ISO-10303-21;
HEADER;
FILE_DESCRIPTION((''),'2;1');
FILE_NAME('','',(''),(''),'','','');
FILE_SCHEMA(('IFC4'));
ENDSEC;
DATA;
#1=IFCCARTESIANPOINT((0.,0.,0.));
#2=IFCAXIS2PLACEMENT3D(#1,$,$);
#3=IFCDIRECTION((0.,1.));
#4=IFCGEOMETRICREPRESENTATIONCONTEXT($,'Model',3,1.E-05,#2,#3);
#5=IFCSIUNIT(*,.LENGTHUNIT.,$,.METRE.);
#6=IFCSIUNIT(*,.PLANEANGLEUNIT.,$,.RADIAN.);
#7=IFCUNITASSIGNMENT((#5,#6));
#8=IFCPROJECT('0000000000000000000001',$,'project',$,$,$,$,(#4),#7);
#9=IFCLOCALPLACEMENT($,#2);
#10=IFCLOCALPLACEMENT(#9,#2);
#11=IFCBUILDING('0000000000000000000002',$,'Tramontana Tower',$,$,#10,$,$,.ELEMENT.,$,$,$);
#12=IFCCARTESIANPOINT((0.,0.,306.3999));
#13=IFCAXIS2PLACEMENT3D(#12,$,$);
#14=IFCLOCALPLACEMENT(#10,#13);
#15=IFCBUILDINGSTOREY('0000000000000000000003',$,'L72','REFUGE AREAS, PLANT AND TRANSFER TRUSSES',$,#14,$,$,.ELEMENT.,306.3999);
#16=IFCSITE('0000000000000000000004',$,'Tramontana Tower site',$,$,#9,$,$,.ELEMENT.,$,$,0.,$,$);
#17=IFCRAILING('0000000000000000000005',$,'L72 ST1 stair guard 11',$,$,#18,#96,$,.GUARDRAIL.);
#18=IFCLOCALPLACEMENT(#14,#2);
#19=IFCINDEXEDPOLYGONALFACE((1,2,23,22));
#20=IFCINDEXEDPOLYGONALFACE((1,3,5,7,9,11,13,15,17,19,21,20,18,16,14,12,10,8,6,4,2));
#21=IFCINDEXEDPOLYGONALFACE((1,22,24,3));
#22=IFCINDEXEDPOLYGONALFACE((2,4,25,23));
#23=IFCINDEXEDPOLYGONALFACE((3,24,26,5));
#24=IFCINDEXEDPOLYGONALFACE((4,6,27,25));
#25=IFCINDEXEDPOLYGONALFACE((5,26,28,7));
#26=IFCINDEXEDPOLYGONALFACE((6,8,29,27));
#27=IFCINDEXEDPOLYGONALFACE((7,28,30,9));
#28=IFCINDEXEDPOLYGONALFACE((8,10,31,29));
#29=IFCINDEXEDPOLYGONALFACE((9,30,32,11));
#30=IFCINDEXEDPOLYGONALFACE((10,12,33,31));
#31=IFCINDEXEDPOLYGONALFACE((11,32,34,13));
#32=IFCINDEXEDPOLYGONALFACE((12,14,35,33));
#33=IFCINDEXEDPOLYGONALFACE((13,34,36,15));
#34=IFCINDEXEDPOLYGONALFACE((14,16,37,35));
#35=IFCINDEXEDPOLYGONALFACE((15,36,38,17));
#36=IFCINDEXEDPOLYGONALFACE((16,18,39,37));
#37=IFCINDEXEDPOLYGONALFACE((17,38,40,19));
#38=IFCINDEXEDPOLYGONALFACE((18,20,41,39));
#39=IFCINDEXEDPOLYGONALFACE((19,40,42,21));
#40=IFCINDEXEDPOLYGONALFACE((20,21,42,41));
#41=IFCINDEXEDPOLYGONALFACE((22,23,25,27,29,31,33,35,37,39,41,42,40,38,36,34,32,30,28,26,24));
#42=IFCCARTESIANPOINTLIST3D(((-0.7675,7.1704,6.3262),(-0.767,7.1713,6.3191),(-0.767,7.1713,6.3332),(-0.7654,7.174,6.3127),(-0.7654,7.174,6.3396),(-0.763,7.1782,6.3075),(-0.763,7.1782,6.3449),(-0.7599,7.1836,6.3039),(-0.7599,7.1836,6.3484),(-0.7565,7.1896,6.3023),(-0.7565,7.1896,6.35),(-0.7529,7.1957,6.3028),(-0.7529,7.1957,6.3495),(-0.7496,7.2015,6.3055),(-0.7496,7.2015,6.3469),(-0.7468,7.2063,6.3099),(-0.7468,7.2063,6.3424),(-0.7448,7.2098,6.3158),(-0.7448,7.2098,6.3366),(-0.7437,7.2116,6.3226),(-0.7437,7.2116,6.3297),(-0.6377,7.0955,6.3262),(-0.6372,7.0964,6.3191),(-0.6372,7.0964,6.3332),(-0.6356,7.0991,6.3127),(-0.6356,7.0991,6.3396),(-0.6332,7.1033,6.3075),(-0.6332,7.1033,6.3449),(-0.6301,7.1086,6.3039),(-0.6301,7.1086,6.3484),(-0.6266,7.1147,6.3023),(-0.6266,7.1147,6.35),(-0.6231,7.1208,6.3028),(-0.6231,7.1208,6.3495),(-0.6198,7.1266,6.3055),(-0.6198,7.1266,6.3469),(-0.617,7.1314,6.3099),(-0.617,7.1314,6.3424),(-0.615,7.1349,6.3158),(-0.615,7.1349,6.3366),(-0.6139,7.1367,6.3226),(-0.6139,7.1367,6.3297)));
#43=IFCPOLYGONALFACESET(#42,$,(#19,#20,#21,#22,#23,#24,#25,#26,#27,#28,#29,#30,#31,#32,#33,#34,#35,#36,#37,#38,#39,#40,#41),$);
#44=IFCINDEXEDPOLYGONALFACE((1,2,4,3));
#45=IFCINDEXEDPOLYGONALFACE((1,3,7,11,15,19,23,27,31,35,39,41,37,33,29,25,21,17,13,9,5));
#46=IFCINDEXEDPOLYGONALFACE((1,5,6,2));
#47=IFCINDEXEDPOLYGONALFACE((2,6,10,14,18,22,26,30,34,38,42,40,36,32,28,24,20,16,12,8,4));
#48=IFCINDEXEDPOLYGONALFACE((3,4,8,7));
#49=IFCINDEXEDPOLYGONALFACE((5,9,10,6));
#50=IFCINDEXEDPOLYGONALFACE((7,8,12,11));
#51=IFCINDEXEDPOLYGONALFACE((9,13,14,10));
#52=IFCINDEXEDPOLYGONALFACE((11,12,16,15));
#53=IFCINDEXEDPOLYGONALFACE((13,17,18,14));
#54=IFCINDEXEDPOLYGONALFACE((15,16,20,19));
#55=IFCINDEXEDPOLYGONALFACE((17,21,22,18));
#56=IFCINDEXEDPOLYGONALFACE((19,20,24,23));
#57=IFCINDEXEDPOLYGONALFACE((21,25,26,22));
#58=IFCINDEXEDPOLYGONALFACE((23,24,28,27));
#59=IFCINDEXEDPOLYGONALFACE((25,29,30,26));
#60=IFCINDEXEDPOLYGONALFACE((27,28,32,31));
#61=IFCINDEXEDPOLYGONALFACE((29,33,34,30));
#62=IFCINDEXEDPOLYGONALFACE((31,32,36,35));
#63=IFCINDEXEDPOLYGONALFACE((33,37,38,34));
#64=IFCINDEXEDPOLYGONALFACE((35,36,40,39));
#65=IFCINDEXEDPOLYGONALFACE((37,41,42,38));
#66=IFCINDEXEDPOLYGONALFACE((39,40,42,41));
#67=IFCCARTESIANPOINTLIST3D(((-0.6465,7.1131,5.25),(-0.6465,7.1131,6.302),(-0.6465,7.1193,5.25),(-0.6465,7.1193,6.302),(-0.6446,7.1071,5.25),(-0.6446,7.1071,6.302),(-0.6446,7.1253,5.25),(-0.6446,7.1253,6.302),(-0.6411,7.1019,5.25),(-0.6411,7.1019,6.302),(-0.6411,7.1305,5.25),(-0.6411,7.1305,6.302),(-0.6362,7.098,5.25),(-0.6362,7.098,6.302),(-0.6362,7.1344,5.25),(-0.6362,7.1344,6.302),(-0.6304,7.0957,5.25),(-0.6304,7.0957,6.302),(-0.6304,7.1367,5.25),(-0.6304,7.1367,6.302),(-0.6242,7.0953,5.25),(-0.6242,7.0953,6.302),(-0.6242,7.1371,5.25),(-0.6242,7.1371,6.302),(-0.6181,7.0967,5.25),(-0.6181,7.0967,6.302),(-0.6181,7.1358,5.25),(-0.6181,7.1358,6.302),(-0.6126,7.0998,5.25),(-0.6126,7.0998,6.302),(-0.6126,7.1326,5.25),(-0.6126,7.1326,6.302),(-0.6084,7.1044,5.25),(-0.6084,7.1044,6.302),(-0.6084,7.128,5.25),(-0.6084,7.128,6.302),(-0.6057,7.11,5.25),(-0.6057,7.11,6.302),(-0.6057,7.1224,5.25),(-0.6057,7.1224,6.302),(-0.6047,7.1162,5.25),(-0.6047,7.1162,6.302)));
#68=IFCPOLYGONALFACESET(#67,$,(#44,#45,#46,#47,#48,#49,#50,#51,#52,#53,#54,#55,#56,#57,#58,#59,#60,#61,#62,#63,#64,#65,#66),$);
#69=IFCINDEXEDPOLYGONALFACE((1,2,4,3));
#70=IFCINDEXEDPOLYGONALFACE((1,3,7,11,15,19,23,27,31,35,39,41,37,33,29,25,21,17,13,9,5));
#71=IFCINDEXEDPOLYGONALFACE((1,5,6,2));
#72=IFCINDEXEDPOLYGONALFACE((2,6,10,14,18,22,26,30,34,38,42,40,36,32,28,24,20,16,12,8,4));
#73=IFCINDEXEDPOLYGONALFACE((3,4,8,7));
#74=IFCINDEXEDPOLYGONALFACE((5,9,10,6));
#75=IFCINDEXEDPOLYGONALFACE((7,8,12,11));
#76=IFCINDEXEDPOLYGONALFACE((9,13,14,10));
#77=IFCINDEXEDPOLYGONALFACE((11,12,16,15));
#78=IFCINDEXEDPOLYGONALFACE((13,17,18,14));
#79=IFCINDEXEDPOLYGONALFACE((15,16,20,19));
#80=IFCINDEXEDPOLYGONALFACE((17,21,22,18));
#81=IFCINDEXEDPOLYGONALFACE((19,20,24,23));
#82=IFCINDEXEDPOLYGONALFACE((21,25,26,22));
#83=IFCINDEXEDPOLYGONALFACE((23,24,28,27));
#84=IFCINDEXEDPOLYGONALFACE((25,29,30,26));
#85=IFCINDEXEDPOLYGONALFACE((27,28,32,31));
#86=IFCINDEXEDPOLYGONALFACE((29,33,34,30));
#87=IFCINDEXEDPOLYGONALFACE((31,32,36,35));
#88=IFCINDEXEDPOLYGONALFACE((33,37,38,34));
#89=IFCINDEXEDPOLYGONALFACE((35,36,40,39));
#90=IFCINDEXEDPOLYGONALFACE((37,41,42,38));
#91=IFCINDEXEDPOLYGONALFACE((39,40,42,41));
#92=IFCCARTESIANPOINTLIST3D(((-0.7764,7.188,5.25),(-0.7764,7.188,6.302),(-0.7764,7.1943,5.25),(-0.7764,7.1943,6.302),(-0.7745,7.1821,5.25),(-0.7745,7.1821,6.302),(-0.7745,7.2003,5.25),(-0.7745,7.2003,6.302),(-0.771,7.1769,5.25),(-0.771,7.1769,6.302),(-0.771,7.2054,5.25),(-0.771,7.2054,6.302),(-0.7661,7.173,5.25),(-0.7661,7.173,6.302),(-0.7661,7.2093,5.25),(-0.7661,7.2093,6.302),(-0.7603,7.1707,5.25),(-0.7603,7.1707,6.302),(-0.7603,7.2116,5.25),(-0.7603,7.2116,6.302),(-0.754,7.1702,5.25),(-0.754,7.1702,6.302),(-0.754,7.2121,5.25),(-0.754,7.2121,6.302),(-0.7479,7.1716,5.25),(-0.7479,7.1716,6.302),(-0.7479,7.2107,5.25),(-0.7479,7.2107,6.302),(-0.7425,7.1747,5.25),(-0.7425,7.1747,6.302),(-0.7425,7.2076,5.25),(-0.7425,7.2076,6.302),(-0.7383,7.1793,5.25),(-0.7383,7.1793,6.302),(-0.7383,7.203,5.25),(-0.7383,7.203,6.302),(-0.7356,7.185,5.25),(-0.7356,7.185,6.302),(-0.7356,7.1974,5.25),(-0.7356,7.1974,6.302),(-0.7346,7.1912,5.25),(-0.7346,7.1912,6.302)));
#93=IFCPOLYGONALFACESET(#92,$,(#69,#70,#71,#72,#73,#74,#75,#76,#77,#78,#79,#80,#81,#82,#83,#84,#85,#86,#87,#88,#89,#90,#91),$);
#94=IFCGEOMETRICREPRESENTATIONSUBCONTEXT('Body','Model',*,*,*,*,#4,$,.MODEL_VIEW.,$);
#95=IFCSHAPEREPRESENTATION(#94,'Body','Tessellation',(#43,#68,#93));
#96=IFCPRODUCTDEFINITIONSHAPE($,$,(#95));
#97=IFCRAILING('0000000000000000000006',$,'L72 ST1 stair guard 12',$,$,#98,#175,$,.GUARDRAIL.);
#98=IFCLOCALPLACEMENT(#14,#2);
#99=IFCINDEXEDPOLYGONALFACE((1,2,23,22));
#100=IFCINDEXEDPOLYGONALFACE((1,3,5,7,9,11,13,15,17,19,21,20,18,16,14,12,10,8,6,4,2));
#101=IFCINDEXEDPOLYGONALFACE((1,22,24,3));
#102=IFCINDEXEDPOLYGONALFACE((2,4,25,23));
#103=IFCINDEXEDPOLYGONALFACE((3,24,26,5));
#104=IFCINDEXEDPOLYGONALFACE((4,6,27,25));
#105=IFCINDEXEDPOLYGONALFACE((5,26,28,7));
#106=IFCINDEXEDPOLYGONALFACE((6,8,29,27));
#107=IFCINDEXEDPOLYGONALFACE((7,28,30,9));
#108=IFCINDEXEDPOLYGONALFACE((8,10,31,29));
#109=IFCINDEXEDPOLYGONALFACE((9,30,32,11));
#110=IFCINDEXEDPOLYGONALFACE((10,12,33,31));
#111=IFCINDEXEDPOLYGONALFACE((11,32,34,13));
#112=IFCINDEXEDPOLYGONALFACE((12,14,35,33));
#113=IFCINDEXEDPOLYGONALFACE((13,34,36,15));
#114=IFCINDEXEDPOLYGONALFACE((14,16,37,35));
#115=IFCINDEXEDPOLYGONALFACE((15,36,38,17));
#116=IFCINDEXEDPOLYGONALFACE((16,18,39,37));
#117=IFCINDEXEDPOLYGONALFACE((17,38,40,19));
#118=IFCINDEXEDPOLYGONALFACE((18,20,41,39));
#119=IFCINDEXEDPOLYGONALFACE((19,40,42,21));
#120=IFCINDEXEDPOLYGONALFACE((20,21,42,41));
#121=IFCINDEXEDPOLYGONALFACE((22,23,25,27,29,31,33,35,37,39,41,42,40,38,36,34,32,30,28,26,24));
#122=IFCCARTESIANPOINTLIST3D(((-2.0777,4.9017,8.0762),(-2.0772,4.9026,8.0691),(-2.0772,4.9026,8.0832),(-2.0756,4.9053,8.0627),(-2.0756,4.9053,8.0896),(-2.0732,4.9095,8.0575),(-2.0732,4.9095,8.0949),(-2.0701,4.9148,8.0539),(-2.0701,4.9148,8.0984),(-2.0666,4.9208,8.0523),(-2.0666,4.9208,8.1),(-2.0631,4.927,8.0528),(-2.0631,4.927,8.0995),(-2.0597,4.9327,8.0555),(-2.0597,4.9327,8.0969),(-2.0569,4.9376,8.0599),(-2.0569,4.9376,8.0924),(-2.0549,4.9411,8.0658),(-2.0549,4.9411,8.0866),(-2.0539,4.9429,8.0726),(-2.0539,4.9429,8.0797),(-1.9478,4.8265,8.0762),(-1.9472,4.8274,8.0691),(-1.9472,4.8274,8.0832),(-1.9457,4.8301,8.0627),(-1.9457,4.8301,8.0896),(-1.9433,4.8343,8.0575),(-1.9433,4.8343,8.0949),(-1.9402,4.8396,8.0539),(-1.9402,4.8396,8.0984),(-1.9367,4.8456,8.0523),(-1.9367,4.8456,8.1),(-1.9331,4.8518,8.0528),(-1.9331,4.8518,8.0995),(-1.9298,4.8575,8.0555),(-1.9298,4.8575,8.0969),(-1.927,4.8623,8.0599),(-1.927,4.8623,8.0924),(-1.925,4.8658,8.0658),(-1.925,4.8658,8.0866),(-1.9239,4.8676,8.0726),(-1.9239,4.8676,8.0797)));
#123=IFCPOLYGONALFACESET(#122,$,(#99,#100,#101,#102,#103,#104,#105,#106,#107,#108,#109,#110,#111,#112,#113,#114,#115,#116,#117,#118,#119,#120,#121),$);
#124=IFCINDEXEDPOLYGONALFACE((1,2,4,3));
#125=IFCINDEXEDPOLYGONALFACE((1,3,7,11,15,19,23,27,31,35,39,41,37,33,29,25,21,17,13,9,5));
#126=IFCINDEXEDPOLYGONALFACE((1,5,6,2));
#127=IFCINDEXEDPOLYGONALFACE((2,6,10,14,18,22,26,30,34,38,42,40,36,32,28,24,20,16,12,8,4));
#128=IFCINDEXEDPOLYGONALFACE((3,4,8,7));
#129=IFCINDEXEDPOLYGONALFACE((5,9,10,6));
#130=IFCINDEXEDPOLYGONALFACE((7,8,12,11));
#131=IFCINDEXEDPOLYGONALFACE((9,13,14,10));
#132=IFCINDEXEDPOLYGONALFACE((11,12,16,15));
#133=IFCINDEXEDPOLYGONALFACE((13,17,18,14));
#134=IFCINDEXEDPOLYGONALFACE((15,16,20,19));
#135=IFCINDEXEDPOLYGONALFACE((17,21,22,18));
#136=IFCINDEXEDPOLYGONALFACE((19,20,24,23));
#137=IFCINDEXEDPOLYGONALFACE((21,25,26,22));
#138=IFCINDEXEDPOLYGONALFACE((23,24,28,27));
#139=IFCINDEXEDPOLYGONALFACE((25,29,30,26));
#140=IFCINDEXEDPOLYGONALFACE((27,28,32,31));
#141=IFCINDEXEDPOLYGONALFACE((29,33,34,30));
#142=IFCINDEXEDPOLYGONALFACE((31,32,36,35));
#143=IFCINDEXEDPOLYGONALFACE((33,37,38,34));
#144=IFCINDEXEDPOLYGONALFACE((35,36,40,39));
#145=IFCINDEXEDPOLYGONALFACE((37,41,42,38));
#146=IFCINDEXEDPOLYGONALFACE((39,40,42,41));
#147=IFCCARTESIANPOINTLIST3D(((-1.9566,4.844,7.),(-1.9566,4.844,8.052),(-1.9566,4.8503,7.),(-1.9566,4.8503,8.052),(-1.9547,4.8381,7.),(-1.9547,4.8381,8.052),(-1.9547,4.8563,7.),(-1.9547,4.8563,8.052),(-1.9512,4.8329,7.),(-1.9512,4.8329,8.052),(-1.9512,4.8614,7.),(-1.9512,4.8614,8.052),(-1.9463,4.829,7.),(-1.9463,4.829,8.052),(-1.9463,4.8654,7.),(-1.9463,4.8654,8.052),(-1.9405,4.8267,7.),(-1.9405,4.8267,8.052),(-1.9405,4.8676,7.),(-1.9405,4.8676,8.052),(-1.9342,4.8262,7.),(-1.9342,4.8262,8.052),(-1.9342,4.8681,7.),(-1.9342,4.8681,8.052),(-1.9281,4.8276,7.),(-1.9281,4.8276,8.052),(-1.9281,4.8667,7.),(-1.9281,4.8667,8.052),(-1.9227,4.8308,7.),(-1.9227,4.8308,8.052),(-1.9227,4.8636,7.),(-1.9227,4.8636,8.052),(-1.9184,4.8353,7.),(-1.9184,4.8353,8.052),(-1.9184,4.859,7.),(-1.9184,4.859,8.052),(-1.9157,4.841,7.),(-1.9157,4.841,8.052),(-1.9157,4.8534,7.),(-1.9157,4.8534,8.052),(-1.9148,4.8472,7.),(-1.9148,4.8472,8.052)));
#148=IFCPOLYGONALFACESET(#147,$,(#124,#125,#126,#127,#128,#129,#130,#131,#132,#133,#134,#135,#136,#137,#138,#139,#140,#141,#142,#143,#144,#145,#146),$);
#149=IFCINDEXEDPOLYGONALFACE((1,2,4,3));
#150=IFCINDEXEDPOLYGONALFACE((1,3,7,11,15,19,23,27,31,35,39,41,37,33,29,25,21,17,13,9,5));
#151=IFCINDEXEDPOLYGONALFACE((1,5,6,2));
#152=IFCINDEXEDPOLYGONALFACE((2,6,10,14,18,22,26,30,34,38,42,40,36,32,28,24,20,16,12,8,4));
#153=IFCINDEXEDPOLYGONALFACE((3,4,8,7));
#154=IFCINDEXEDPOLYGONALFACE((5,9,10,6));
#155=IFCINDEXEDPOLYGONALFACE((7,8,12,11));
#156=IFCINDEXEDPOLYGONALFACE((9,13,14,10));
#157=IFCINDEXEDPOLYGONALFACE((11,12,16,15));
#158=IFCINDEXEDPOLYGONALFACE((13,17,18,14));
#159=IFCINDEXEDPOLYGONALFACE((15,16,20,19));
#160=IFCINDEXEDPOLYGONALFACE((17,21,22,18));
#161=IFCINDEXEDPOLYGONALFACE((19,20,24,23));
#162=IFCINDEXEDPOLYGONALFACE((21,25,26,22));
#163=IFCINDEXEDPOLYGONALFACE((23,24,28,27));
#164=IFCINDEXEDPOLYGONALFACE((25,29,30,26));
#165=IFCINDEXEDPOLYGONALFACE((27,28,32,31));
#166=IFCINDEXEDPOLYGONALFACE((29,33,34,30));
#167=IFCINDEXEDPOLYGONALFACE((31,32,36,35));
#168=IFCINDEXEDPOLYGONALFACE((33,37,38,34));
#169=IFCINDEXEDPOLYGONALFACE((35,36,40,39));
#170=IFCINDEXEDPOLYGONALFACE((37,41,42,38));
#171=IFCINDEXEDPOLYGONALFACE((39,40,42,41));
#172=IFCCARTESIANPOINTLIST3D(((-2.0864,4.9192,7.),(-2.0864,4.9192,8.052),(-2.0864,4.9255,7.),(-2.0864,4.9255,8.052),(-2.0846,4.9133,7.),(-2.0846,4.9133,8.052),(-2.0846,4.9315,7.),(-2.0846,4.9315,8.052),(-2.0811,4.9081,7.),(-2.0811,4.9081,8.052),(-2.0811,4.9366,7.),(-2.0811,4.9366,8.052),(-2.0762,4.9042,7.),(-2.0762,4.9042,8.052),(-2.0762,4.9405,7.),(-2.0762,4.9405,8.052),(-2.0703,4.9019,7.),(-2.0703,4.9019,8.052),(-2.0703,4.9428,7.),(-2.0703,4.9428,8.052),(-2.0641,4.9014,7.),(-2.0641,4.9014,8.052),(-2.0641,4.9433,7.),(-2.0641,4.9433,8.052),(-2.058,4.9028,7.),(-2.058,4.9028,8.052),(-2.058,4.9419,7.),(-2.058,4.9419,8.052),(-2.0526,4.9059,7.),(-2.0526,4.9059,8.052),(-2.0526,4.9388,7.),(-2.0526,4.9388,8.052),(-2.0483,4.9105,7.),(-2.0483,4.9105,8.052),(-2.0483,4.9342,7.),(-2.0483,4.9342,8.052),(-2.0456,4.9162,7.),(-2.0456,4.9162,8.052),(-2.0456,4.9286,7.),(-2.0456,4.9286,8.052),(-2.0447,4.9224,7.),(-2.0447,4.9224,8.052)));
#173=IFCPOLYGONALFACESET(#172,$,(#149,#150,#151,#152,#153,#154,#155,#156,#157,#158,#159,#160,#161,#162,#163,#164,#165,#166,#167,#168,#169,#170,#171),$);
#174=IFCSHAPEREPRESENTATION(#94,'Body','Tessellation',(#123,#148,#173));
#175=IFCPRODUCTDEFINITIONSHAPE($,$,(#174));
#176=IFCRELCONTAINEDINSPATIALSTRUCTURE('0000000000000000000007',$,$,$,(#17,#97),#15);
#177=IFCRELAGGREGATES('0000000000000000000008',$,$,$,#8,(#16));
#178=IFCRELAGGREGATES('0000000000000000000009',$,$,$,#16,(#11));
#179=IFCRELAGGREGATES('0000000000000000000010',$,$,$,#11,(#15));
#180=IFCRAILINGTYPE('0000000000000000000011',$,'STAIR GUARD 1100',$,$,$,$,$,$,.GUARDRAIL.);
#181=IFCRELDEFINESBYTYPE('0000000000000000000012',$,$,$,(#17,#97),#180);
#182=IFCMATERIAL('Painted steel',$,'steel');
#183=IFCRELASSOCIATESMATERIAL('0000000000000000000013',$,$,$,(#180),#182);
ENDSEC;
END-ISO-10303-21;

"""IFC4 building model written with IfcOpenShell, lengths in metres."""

from ifc_helpers import new_model, si_unit, direction, frame, origin, origin_2d, place, context, subcontext, project, spatial, circle, extrude, material, type_object, element, save


model = new_model("IFC4")

# Units and contexts
model_context = context("Model", 3, precision=1e-05, world=origin(), true_north=direction((0.0, 1.0)))
body_context = subcontext(model_context, "Body", "Model", "MODEL_VIEW")
ifc_project = project(units=[si_unit("LENGTHUNIT", "METRE"), si_unit("PLANEANGLEUNIT", "RADIAN")], contexts=[model_context])

# Site, building, storey
site_placement = place(None, origin())
site = spatial("IfcSite", under=ifc_project, at=site_placement, Name="Tramontana Tower site", CompositionType="ELEMENT", RefElevation=0.0)
building_placement = place(site_placement, origin())
building = spatial("IfcBuilding", under=site, at=building_placement, Name="Tramontana Tower", CompositionType="ELEMENT")
storey_placement = place(building_placement, frame((0.0, 0.0, 306.3999)))
storey = spatial("IfcBuildingStorey", under=building, at=storey_placement, Name="L72", Description="REFUGE AREAS, PLANT AND TRANSFER TRUSSES", CompositionType="ELEMENT", Elevation=306.3999)

# Railings
ifc_material_1 = material(Name="Painted steel", Category="steel")
railing_type_1 = type_object("IfcRailingType", Name="STAIR GUARD 1100", PredefinedType="GUARDRAIL", material=ifc_material_1)
railing_1_placement = place(storey_placement, frame((-0.6257, 7.1162, 5.25)))
element("IfcRailing", 1, at=railing_1_placement, inside=storey, type_object=railing_type_1, Name="L72 ST1 stair guard 11", PredefinedType="GUARDRAIL", context=body_context, shape_type="SweptSolid", body=[
    extrude(circle(Radius=0.0239, at=origin_2d()), frame((0.0, 0.0, 1.0762), z_axis=(-0.866131, 0.499816, 0.0), x_axis=(-0.499816, -0.866131, 0.0)), (0.0, 0.0, 1.0), 0.1499),
    extrude(circle(Radius=0.021, at=origin_2d()), origin(), (0.0, 0.0, 1.0), 1.052),
    extrude(circle(Radius=0.021, at=origin_2d()), frame((-0.1299, 0.075, 0.0)), (0.0, 0.0, 1.0), 1.052),
])
railing_2_placement = place(storey_placement, frame((-1.9358, 4.8472, 7.0)))
element("IfcRailing", 2, at=railing_2_placement, inside=storey, type_object=railing_type_1, Name="L72 ST1 stair guard 12", PredefinedType="GUARDRAIL", context=body_context, shape_type="SweptSolid", body=[
    extrude(circle(Radius=0.0239, at=origin_2d()), frame((0.0, 0.0, 1.0762), z_axis=(-0.865426, 0.501036, 0.0), x_axis=(-0.501036, -0.865426, 0.0)), (0.0, 0.0, 1.0), 0.1501),
    extrude(circle(Radius=0.021, at=origin_2d()), origin(), (0.0, 0.0, 1.0), 1.052),
    extrude(circle(Radius=0.021, at=origin_2d()), frame((-0.1299, 0.0752, 0.0)), (0.0, 0.0, 1.0), 1.052),
])

save(model, "model.ifc")
